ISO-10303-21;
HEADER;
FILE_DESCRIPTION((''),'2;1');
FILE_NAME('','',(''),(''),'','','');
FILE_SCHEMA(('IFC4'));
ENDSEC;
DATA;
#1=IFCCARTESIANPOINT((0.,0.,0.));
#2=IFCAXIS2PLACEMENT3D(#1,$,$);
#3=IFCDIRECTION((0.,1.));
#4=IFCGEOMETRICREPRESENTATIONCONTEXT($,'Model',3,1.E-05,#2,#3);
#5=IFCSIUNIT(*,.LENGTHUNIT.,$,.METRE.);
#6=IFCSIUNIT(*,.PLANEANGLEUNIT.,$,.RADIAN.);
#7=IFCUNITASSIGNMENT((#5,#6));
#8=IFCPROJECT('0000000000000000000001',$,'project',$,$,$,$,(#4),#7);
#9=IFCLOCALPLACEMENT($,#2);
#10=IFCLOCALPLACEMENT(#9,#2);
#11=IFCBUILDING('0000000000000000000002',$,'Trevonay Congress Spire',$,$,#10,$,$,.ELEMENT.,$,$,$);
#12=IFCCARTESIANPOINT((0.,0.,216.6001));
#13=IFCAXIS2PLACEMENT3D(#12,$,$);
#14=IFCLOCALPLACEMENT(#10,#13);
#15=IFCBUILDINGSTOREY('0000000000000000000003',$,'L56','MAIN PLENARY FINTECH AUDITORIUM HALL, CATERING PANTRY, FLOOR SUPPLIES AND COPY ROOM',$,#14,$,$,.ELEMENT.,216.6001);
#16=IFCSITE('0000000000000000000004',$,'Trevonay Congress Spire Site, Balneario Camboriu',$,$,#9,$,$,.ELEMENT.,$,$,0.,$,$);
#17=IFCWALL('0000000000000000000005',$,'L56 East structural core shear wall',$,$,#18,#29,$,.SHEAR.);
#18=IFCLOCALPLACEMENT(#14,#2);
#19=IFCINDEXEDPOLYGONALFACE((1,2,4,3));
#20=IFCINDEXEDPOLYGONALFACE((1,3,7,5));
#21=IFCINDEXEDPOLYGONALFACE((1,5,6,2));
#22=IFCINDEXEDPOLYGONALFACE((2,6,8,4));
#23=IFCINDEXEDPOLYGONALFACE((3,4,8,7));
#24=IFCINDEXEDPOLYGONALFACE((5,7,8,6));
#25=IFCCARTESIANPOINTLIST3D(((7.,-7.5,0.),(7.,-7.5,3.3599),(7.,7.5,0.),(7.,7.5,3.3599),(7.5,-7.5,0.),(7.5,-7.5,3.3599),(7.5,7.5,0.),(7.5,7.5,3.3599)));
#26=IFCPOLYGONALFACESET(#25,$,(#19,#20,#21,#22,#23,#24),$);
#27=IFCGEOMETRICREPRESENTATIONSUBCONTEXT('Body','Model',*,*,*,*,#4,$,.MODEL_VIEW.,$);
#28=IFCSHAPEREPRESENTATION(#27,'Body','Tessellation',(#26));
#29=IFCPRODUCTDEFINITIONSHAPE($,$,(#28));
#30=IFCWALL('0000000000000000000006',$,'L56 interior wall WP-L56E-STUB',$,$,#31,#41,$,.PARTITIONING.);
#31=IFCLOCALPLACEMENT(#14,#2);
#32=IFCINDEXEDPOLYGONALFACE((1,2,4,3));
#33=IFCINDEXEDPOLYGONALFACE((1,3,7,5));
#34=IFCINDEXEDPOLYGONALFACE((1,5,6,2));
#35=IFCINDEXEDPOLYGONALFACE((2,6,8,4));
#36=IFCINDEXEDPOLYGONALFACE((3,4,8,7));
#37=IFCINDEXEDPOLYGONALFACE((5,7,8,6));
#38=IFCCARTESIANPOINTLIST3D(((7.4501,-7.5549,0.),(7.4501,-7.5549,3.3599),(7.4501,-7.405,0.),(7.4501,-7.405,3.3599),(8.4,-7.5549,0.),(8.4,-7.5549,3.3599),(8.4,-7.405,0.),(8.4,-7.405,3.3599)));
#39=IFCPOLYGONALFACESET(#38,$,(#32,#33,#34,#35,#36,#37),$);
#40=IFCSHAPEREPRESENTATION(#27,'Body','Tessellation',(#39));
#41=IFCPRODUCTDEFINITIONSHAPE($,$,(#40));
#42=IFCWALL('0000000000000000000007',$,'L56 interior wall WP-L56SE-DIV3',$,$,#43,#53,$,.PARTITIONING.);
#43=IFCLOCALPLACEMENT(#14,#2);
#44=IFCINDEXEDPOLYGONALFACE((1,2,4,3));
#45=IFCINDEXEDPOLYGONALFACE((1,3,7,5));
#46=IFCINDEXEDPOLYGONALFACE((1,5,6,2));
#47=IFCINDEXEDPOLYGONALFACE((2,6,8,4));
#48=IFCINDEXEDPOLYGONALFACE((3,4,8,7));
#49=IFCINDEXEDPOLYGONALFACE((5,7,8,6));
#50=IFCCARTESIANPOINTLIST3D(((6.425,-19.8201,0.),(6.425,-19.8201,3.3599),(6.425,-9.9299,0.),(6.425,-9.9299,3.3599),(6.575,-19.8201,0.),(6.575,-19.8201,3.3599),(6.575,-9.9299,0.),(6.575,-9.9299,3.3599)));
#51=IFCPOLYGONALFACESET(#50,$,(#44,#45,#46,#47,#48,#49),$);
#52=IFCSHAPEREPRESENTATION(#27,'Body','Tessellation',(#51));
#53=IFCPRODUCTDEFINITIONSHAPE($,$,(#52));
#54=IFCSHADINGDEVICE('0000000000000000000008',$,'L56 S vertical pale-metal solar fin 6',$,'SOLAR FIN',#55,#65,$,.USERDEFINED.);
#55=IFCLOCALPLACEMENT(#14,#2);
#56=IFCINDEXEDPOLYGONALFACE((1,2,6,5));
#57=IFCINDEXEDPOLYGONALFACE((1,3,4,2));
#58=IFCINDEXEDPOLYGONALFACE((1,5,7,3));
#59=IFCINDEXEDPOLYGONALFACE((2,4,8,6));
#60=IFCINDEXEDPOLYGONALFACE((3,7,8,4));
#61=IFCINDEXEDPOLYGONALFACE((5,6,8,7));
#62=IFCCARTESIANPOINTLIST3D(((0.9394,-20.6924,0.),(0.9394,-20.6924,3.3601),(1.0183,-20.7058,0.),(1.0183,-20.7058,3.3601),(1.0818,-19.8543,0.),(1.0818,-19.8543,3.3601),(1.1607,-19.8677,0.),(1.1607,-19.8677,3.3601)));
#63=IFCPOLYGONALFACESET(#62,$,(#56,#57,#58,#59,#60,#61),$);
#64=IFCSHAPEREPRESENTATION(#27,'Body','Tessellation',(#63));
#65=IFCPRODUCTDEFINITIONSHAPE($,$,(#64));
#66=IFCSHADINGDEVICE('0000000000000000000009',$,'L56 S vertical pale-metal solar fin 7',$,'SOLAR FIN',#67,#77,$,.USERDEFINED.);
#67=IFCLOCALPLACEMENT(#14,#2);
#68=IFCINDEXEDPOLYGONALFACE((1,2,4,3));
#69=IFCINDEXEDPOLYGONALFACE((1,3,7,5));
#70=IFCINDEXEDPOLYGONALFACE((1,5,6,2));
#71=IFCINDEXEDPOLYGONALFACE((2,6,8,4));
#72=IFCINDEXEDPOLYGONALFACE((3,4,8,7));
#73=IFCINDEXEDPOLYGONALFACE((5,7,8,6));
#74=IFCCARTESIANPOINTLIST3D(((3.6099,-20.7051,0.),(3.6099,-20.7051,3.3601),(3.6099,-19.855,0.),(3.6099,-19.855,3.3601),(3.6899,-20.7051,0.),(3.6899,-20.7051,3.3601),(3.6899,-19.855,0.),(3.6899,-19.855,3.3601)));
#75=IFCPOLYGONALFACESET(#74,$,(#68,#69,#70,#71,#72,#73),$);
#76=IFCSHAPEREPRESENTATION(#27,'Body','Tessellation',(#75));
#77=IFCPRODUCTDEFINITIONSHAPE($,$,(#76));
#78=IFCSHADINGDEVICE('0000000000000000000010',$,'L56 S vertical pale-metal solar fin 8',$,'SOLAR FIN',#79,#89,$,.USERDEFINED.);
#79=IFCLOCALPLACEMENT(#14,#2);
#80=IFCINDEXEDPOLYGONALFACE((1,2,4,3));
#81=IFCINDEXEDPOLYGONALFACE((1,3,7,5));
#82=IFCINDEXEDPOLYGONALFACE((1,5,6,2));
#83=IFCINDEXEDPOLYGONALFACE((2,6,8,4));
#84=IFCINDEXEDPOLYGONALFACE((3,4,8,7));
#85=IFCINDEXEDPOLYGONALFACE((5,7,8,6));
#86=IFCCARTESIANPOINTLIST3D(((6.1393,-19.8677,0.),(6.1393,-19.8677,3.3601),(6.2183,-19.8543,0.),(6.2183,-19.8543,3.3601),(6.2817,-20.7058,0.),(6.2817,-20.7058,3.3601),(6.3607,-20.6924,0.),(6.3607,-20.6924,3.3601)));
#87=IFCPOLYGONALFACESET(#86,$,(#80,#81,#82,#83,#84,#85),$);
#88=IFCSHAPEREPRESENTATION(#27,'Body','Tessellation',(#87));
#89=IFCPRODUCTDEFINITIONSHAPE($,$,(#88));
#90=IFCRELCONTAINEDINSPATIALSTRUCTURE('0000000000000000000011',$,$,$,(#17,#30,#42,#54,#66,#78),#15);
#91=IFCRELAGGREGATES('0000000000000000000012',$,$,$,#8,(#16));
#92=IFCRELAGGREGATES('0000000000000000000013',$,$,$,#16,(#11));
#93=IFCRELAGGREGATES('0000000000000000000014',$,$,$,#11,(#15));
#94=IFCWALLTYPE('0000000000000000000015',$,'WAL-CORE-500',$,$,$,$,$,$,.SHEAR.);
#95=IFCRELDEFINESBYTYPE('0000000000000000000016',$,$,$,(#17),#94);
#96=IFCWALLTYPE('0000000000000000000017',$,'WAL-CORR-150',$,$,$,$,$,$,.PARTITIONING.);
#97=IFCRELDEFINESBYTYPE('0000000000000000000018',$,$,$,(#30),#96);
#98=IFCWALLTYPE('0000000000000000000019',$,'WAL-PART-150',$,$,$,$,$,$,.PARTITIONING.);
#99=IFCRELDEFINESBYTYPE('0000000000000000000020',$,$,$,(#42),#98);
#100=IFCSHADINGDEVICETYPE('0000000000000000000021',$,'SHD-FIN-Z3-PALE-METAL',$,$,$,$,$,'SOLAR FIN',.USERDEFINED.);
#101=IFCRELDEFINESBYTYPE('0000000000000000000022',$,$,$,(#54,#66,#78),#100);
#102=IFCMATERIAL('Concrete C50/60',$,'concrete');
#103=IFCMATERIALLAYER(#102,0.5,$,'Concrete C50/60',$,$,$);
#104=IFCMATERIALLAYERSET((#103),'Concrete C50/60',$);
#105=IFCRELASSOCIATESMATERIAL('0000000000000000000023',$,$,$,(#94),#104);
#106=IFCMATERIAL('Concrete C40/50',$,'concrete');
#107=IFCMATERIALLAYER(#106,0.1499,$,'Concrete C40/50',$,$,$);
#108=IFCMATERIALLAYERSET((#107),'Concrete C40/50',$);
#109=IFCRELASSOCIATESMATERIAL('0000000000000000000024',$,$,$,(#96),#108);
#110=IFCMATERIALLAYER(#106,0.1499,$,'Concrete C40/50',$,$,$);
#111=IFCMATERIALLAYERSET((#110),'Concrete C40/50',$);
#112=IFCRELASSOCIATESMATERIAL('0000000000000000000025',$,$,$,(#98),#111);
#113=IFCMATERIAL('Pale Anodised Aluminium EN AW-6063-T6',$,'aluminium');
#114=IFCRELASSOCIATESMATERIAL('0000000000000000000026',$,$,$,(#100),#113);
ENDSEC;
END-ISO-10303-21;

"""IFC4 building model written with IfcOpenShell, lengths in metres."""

from ifc_helpers import new_model, si_unit, direction, frame, frame_2d, origin, origin_2d, place, context, subcontext, project, spatial, rectangle, extrude, material, layer, layer_set, type_object, element, save


model = new_model("IFC4")

# Units and contexts
model_context = context("Model", 3, precision=1e-05, world=origin(), true_north=direction((0.0, 1.0)))
body_context = subcontext(model_context, "Body", "Model", "MODEL_VIEW")
ifc_project = project(units=[si_unit("LENGTHUNIT", "METRE"), si_unit("PLANEANGLEUNIT", "RADIAN")], contexts=[model_context])

# Site, building, storey
site_placement = place(None, origin())
site = spatial("IfcSite", under=ifc_project, at=site_placement, Name="Trevonay Congress Spire Site, Balneario Camboriu", CompositionType="ELEMENT", RefElevation=0.0)
building_placement = place(site_placement, origin())
building = spatial("IfcBuilding", under=site, at=building_placement, Name="Trevonay Congress Spire", CompositionType="ELEMENT")
storey_placement = place(building_placement, frame((0.0, 0.0, 216.6001)))
storey = spatial("IfcBuildingStorey", under=building, at=storey_placement, Name="L56", Description="MAIN PLENARY FINTECH AUDITORIUM HALL, CATERING PANTRY, FLOOR SUPPLIES AND COPY ROOM", CompositionType="ELEMENT", Elevation=216.6001)

# Shared definitions
ifc_material_1 = material(Name="Pale Anodised Aluminium EN AW-6063-T6", Category="aluminium")

# Walls
ifc_material_2 = material(Name="Concrete C50/60", Category="concrete")
ifc_layer_1 = layer(ifc_material_2, 0.5, Name="Concrete C50/60")
ifc_layer_set_1 = layer_set([ifc_layer_1], Name="Concrete C50/60")
wall_type_1 = type_object("IfcWallType", Name="WAL-CORE-500", PredefinedType="SHEAR", material=ifc_layer_set_1)
wall_1_placement = place(storey_placement, frame((7.25, -7.5, 0.0), z_axis=(0.0, 0.0, 1.0), x_axis=(0.0, 1.0, 0.0)))
element("IfcWall", 1, at=wall_1_placement, inside=storey, type_object=wall_type_1, Name="L56 East structural core shear wall", PredefinedType="SHEAR", context=body_context, shape_type="SweptSolid", body=[
    extrude(rectangle(XDim=15.0, YDim=0.5, at=frame_2d((7.5, 0.0))), origin(), (0.0, 0.0, 1.0), 3.3599),
])
ifc_material_3 = material(Name="Concrete C40/50", Category="concrete")
ifc_layer_2 = layer(ifc_material_3, 0.1499, Name="Concrete C40/50")
ifc_layer_set_2 = layer_set([ifc_layer_2], Name="Concrete C40/50")
wall_type_2 = type_object("IfcWallType", Name="WAL-CORR-150", PredefinedType="PARTITIONING", material=ifc_layer_set_2)
wall_2_placement = place(storey_placement, frame((7.45, -7.48, 0.0), z_axis=(0.0, 0.0, 1.0), x_axis=(1.0, 0.0, 0.0)))
element("IfcWall", 2, at=wall_2_placement, inside=storey, type_object=wall_type_2, Name="L56 interior wall WP-L56E-STUB", PredefinedType="PARTITIONING", context=body_context, shape_type="SweptSolid", body=[
    extrude(rectangle(XDim=0.95, YDim=0.1499, at=frame_2d((0.4751, 0.0))), origin(), (0.0, 0.0, 1.0), 3.3599),
])
ifc_layer_3 = layer(ifc_material_3, 0.1499, Name="Concrete C40/50")
ifc_layer_set_3 = layer_set([ifc_layer_3], Name="Concrete C40/50")
wall_type_3 = type_object("IfcWallType", Name="WAL-PART-150", PredefinedType="PARTITIONING", material=ifc_layer_set_3)
wall_3_placement = place(storey_placement, frame((6.5, -19.8201, 0.0), z_axis=(0.0, 0.0, 1.0), x_axis=(0.0, 1.0, 0.0)))
element("IfcWall", 3, at=wall_3_placement, inside=storey, type_object=wall_type_3, Name="L56 interior wall WP-L56SE-DIV3", PredefinedType="PARTITIONING", context=body_context, shape_type="SweptSolid", body=[
    extrude(rectangle(XDim=9.8901, YDim=0.1499, at=frame_2d((4.9451, 0.0))), origin(), (0.0, 0.0, 1.0), 3.3599),
])

# Shading devices
shading_device_type = type_object("IfcShadingDeviceType", Name="SHD-FIN-Z3-PALE-METAL", ElementType="SOLAR FIN", PredefinedType="USERDEFINED", material=ifc_material_1)
for number, where, z_axis, x_axis, name in (
    (4, (1.05, -20.28, 0.0), (0.0, 0.0, 1.0), (0.985879, -0.167457, 0.0), "L56 S vertical pale-metal solar fin 6"),
    (5, (3.6499, -20.28, 0.0), (0.0, 0.0, 1.0), (1.0, 0.0, 0.0), "L56 S vertical pale-metal solar fin 7"),
    (6, (6.25, -20.28, 0.0), (0.0, 0.0, 1.0), (0.985879, 0.167457, 0.0), "L56 S vertical pale-metal solar fin 8"),
):
    element("IfcShadingDevice", number, at=place(storey_placement, frame(where, z_axis=z_axis, x_axis=x_axis)), inside=storey, type_object=shading_device_type, Name=name, ObjectType="SOLAR FIN", PredefinedType="USERDEFINED", context=body_context, shape_type="SweptSolid", body=[
        extrude(rectangle(XDim=0.0801, YDim=0.8501, at=origin_2d()), origin(), (0.0, 0.0, 1.0), 3.3601),
    ])

save(model, "model.ifc")
